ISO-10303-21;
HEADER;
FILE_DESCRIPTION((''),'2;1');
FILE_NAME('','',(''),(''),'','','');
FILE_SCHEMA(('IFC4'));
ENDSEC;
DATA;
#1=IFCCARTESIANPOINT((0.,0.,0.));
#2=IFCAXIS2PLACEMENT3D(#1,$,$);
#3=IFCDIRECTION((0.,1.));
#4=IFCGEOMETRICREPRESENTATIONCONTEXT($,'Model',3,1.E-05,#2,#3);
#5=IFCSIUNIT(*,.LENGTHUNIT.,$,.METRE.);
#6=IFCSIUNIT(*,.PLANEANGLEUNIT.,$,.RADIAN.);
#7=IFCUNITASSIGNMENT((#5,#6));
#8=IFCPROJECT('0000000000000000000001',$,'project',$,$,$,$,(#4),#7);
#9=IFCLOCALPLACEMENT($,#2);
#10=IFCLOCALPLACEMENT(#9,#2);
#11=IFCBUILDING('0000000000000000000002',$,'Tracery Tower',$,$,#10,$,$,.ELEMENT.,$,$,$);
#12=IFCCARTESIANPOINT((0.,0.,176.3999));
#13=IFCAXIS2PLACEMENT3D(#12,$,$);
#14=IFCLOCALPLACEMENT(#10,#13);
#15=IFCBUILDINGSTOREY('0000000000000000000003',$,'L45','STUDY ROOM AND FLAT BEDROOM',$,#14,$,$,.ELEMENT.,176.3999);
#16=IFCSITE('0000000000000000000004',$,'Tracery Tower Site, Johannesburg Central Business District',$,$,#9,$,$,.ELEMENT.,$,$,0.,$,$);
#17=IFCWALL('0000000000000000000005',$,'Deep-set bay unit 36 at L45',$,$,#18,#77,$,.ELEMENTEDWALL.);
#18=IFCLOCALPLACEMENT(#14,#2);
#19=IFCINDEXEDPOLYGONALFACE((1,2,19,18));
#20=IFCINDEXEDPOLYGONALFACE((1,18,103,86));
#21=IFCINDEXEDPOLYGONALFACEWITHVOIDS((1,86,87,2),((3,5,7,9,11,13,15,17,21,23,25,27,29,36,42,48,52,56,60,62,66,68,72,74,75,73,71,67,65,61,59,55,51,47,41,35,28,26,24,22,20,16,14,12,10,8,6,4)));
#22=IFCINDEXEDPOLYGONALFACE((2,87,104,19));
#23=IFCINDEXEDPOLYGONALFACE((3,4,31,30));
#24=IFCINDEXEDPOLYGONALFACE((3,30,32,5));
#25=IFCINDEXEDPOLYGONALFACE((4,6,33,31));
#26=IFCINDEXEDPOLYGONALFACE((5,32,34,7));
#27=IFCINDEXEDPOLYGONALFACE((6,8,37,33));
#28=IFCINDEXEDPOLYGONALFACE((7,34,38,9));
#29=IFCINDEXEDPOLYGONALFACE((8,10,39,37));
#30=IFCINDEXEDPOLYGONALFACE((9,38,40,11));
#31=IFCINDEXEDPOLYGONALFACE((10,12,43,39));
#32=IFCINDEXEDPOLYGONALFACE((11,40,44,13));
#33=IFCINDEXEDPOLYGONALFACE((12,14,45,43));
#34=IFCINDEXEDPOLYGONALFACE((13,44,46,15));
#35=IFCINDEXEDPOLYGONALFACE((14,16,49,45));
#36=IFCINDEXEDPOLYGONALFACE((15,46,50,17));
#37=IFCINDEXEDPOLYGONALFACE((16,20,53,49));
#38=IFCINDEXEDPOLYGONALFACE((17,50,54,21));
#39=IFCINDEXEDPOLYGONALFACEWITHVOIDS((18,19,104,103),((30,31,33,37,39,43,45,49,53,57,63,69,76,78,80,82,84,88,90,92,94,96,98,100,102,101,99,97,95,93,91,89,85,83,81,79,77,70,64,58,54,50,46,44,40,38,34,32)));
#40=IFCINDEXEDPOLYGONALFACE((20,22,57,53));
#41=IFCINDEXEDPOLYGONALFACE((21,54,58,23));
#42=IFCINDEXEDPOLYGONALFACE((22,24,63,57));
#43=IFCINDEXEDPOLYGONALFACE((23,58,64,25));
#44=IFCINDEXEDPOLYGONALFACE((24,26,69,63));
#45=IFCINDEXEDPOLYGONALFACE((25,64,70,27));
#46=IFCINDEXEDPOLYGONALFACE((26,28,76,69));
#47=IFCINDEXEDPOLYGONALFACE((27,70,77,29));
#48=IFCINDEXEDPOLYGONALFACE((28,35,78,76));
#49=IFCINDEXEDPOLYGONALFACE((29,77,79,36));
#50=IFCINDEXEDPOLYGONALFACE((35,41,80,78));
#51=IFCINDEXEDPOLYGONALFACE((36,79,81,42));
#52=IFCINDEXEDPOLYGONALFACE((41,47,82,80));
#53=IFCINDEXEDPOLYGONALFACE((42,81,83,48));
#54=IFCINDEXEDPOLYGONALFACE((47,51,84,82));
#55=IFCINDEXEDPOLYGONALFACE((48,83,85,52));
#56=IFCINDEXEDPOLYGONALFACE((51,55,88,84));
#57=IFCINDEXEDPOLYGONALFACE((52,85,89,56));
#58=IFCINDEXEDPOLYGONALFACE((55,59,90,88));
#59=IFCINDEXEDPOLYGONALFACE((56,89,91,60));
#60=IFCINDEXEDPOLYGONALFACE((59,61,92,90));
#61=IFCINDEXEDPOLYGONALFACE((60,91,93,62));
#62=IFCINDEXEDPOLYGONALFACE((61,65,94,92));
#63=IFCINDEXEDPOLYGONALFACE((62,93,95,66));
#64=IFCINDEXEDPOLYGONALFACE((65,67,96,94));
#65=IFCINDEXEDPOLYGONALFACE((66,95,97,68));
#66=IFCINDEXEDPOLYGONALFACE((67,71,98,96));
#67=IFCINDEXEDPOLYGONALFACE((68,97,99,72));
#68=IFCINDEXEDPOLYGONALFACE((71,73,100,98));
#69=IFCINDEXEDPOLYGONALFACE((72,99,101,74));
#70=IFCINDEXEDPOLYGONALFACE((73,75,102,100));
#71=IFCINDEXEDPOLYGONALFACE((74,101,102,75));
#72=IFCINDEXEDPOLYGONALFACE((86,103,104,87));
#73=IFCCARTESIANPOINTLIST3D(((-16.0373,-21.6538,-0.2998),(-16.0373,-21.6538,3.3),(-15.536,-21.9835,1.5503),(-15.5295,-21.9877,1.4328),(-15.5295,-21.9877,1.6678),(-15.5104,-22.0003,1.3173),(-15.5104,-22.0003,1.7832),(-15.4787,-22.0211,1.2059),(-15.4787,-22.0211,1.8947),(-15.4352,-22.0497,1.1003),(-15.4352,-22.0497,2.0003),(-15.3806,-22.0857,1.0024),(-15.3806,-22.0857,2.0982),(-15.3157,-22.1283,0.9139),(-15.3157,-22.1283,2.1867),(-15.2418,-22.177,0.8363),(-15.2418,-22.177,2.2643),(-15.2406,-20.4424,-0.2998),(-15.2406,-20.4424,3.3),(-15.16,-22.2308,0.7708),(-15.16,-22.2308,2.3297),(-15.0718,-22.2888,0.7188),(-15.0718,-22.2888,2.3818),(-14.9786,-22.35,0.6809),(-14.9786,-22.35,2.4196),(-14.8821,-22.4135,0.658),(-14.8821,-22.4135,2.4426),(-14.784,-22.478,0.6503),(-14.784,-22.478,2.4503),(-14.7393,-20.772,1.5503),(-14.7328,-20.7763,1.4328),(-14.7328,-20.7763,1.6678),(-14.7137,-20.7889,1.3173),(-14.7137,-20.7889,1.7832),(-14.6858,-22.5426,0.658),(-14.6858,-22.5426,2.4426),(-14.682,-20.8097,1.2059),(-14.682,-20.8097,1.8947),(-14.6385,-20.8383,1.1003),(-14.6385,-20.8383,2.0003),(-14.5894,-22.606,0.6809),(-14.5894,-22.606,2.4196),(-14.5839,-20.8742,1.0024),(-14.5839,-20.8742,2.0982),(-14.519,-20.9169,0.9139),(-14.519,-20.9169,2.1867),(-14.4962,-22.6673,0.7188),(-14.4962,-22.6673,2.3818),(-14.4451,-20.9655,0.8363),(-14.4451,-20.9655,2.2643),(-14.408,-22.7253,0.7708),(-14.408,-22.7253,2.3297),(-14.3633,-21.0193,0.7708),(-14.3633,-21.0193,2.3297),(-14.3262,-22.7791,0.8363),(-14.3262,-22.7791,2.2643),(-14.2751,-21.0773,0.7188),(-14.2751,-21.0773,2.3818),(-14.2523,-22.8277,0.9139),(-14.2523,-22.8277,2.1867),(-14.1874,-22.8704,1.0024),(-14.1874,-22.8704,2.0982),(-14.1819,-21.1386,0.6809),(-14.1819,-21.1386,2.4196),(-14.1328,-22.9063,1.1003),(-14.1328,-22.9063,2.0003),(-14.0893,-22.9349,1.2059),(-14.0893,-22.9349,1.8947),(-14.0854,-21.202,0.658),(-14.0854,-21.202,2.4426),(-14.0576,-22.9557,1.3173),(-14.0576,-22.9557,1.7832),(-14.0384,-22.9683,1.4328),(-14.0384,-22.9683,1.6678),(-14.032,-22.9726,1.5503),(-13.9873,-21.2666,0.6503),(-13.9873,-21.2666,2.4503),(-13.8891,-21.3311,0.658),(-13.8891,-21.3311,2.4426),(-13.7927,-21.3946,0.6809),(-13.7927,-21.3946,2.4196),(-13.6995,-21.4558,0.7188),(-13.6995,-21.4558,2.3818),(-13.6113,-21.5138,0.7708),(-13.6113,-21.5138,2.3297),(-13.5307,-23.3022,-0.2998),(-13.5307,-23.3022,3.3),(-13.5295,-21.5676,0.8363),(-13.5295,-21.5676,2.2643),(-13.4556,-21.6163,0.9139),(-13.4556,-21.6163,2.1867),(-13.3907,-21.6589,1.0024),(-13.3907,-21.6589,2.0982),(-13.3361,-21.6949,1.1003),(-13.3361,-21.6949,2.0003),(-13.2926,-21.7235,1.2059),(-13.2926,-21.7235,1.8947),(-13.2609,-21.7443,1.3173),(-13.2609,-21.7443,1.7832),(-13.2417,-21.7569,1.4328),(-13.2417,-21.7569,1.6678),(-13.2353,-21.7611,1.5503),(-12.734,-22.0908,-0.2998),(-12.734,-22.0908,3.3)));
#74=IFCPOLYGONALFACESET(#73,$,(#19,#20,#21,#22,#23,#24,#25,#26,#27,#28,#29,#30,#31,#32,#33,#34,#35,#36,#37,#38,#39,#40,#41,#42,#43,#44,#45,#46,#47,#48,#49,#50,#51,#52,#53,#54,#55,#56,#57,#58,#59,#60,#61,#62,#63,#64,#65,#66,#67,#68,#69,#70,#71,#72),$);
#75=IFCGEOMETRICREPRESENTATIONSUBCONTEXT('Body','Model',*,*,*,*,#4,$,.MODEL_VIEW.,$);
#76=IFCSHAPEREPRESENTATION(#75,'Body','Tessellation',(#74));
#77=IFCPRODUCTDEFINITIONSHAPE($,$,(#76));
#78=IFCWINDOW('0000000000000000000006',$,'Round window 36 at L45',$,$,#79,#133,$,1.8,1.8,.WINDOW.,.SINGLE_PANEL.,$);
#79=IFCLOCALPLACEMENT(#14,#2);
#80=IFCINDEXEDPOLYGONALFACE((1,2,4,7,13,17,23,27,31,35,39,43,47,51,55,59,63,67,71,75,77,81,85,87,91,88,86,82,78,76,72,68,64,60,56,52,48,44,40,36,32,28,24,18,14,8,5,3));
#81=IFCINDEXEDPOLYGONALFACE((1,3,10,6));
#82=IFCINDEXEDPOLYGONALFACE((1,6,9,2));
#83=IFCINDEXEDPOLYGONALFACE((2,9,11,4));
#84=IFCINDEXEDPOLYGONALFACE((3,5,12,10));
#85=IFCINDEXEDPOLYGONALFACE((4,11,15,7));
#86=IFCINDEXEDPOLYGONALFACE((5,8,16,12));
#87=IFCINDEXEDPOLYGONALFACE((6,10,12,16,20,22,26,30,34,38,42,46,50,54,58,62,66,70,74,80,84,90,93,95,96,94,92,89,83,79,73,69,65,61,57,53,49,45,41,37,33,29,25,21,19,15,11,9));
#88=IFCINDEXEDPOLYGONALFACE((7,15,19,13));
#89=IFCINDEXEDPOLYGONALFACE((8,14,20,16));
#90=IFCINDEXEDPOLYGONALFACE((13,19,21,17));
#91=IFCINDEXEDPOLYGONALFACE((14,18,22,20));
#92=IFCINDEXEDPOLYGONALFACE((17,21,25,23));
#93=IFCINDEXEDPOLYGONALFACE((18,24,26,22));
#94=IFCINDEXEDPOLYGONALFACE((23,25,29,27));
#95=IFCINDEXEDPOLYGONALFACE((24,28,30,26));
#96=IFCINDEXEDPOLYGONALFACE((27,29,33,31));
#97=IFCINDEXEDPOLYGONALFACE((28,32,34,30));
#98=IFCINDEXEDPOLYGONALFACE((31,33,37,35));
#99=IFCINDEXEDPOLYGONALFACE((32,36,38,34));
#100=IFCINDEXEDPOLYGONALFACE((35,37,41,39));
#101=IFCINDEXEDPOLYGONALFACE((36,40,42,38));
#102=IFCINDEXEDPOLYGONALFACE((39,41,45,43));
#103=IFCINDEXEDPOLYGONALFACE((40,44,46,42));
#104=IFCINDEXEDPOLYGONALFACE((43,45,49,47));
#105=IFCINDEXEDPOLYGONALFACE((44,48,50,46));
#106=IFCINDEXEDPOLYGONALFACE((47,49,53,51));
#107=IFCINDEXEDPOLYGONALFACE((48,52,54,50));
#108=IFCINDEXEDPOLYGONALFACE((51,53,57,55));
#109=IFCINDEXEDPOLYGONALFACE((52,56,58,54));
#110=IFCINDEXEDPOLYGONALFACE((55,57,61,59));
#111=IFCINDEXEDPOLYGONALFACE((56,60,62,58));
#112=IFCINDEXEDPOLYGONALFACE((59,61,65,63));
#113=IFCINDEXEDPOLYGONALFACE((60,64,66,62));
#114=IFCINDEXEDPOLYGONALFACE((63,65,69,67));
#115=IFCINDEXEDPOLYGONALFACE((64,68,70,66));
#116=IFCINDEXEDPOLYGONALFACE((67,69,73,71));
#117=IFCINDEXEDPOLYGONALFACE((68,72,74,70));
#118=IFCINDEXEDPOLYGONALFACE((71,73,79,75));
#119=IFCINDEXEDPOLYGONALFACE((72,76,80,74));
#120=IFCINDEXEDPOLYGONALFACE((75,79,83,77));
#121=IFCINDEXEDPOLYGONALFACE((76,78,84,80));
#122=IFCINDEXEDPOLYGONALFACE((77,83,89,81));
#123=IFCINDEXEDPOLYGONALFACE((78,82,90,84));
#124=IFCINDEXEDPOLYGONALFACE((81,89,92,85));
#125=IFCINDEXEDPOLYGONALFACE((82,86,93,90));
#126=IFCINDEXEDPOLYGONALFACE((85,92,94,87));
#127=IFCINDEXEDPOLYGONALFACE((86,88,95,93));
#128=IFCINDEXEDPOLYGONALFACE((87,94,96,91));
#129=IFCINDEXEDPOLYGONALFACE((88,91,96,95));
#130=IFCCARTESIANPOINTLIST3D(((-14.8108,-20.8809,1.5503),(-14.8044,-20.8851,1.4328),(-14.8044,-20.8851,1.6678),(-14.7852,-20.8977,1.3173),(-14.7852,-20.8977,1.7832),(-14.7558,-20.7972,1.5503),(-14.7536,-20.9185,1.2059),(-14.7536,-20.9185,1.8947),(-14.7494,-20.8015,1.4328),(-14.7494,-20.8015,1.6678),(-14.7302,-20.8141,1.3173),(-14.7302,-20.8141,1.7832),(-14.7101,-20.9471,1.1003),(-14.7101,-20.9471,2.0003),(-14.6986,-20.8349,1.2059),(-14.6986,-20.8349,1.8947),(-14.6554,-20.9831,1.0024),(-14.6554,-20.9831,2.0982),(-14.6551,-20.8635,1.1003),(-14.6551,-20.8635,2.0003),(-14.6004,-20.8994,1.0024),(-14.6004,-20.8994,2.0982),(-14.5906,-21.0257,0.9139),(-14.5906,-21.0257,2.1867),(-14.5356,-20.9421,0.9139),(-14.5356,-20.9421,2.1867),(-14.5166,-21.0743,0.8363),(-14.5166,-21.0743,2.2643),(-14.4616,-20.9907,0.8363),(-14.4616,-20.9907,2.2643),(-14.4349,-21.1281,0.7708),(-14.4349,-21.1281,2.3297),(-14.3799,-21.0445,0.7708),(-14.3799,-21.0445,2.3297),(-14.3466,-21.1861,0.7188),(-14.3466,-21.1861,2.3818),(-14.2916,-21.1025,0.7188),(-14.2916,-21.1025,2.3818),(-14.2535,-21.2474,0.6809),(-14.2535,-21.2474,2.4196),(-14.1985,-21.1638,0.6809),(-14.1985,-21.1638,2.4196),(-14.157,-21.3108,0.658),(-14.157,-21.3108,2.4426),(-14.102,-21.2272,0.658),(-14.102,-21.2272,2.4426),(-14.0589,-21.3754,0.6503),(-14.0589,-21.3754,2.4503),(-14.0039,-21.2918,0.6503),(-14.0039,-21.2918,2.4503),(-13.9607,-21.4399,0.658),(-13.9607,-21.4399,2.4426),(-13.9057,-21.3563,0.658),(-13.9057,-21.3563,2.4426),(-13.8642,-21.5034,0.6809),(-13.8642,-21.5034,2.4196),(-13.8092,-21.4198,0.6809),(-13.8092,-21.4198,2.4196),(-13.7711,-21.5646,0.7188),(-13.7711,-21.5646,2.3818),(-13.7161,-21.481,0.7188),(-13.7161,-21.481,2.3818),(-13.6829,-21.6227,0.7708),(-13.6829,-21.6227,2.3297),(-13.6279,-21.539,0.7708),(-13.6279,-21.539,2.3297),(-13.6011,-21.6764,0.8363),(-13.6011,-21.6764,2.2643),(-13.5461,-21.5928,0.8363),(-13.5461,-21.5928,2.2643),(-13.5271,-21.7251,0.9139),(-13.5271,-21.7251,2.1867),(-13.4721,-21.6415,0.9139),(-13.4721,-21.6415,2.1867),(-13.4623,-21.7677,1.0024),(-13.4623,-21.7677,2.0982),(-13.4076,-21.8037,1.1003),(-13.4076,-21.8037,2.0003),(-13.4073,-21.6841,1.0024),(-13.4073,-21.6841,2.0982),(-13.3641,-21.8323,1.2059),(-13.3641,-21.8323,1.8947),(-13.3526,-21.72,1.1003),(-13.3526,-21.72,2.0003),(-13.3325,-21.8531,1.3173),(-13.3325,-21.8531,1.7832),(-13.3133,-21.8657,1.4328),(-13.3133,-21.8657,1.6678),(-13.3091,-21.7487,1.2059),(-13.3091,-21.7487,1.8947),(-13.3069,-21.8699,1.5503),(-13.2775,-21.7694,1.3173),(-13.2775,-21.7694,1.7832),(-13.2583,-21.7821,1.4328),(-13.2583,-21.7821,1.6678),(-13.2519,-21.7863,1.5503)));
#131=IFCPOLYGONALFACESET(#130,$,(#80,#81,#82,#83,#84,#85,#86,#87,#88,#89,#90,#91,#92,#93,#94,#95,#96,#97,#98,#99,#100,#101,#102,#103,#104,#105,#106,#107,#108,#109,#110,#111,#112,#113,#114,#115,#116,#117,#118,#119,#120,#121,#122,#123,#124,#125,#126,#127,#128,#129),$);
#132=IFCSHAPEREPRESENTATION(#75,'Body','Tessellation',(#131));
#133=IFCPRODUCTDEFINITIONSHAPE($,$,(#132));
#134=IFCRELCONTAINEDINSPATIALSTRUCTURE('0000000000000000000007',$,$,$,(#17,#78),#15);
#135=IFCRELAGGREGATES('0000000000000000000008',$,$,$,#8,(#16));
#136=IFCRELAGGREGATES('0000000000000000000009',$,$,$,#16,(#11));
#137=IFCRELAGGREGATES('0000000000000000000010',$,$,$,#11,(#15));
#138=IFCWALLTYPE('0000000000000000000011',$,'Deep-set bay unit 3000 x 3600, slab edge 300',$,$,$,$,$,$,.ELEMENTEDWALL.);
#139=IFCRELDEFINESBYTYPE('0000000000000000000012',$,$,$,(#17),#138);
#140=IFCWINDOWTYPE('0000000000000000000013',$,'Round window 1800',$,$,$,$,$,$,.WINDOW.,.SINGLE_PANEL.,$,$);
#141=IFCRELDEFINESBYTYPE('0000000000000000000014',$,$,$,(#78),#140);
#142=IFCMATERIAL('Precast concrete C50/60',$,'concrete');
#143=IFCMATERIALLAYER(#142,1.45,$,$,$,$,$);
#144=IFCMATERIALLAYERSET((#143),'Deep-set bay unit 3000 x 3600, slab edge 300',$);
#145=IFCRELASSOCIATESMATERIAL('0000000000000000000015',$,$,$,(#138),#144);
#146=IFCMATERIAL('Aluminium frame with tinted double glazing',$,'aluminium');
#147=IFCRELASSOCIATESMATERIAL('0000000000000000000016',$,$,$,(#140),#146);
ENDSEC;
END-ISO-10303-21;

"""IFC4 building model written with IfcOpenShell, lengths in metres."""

from ifc_helpers import new_model, si_unit, direction, frame, frame_2d, origin, origin_2d, place, context, subcontext, project, spatial, rectangle, circle, extrude, material, layer, layer_set, type_object, element, fill, save


model = new_model("IFC4")

# Units and contexts
model_context = context("Model", 3, precision=1e-05, world=origin(), true_north=direction((0.0, 1.0)))
body_context = subcontext(model_context, "Body", "Model", "MODEL_VIEW")
ifc_project = project(units=[si_unit("LENGTHUNIT", "METRE"), si_unit("PLANEANGLEUNIT", "RADIAN")], contexts=[model_context])

# Site, building, storey
site_placement = place(None, origin())
site = spatial("IfcSite", under=ifc_project, at=site_placement, Name="Tracery Tower Site, Johannesburg Central Business District", CompositionType="ELEMENT", RefElevation=0.0)
building_placement = place(site_placement, origin())
building = spatial("IfcBuilding", under=site, at=building_placement, Name="Tracery Tower", CompositionType="ELEMENT")
storey_placement = place(building_placement, frame((0.0, 0.0, 176.3999)))
storey = spatial("IfcBuildingStorey", under=building, at=storey_placement, Name="L45", Description="STUDY ROOM AND FLAT BEDROOM", CompositionType="ELEMENT", Elevation=176.3999)

# Wall, opening, window
ifc_material_1 = material(Name="Precast concrete C50/60", Category="concrete")
ifc_layer_1 = layer(ifc_material_1, 1.45)
ifc_layer_set_1 = layer_set([ifc_layer_1], Name="Deep-set bay unit 3000 x 3600, slab edge 300")
wall_type_1 = type_object("IfcWallType", Name="Deep-set bay unit 3000 x 3600, slab edge 300", PredefinedType="ELEMENTEDWALL", material=ifc_layer_set_1)
ifc_material_2 = material(Name="Aluminium frame with tinted double glazing", Category="aluminium")
window_type = type_object("IfcWindowType", Name="Round window 1800", PartitioningType="SINGLE_PANEL", PredefinedType="WINDOW", material=ifc_material_2)
wall_1_placement = place(storey_placement, frame((-15.6389, -21.0481, -0.2998), z_axis=(0.0, 0.0, 1.0), x_axis=(0.835514, -0.549469, 0.0)))
wall_1 = element("IfcWall", 1, at=wall_1_placement, inside=storey, type_object=wall_type_1, Name="Deep-set bay unit 36 at L45", PredefinedType="ELEMENTEDWALL", context=body_context, shape_type="SweptSolid", body=[
    extrude(rectangle(XDim=3.0, YDim=1.45, at=frame_2d((1.5, 0.0))), origin(), (0.0, 0.0, 1.0), 3.5999),
])
opening_1_placement = place(wall_1_placement, frame((1.5, 0.0, 1.8501)))
opening_1 = element("IfcOpeningElement", 2, at=opening_1_placement, cuts=wall_1, PredefinedType="OPENING", context=body_context, shape_type="SweptSolid", body=[
    extrude(circle(Radius=0.9, at=origin_2d()), frame((0.0, 0.7349, 0.0), z_axis=(0.0, -1.0, 0.0), x_axis=(1.0, 0.0, 0.0)), (0.0, 0.0, 1.0), 1.47),
])
window_1_placement = place(opening_1_placement, origin())
window_1 = element("IfcWindow", 3, at=window_1_placement, inside=storey, type_object=window_type, Name="Round window 36 at L45", OverallHeight=1.8, OverallWidth=1.8, PartitioningType="SINGLE_PANEL", PredefinedType="WINDOW", context=body_context, shape_type="SweptSolid", body=[
    extrude(circle(Radius=0.9, at=origin_2d()), frame((0.0, 0.6948, 0.0), z_axis=(0.0, -1.0, 0.0), x_axis=(1.0, 0.0, 0.0)), (0.0, 0.0, 1.0), 0.1001),
])
fill(opening_1, window_1)

save(model, "model.ifc")
